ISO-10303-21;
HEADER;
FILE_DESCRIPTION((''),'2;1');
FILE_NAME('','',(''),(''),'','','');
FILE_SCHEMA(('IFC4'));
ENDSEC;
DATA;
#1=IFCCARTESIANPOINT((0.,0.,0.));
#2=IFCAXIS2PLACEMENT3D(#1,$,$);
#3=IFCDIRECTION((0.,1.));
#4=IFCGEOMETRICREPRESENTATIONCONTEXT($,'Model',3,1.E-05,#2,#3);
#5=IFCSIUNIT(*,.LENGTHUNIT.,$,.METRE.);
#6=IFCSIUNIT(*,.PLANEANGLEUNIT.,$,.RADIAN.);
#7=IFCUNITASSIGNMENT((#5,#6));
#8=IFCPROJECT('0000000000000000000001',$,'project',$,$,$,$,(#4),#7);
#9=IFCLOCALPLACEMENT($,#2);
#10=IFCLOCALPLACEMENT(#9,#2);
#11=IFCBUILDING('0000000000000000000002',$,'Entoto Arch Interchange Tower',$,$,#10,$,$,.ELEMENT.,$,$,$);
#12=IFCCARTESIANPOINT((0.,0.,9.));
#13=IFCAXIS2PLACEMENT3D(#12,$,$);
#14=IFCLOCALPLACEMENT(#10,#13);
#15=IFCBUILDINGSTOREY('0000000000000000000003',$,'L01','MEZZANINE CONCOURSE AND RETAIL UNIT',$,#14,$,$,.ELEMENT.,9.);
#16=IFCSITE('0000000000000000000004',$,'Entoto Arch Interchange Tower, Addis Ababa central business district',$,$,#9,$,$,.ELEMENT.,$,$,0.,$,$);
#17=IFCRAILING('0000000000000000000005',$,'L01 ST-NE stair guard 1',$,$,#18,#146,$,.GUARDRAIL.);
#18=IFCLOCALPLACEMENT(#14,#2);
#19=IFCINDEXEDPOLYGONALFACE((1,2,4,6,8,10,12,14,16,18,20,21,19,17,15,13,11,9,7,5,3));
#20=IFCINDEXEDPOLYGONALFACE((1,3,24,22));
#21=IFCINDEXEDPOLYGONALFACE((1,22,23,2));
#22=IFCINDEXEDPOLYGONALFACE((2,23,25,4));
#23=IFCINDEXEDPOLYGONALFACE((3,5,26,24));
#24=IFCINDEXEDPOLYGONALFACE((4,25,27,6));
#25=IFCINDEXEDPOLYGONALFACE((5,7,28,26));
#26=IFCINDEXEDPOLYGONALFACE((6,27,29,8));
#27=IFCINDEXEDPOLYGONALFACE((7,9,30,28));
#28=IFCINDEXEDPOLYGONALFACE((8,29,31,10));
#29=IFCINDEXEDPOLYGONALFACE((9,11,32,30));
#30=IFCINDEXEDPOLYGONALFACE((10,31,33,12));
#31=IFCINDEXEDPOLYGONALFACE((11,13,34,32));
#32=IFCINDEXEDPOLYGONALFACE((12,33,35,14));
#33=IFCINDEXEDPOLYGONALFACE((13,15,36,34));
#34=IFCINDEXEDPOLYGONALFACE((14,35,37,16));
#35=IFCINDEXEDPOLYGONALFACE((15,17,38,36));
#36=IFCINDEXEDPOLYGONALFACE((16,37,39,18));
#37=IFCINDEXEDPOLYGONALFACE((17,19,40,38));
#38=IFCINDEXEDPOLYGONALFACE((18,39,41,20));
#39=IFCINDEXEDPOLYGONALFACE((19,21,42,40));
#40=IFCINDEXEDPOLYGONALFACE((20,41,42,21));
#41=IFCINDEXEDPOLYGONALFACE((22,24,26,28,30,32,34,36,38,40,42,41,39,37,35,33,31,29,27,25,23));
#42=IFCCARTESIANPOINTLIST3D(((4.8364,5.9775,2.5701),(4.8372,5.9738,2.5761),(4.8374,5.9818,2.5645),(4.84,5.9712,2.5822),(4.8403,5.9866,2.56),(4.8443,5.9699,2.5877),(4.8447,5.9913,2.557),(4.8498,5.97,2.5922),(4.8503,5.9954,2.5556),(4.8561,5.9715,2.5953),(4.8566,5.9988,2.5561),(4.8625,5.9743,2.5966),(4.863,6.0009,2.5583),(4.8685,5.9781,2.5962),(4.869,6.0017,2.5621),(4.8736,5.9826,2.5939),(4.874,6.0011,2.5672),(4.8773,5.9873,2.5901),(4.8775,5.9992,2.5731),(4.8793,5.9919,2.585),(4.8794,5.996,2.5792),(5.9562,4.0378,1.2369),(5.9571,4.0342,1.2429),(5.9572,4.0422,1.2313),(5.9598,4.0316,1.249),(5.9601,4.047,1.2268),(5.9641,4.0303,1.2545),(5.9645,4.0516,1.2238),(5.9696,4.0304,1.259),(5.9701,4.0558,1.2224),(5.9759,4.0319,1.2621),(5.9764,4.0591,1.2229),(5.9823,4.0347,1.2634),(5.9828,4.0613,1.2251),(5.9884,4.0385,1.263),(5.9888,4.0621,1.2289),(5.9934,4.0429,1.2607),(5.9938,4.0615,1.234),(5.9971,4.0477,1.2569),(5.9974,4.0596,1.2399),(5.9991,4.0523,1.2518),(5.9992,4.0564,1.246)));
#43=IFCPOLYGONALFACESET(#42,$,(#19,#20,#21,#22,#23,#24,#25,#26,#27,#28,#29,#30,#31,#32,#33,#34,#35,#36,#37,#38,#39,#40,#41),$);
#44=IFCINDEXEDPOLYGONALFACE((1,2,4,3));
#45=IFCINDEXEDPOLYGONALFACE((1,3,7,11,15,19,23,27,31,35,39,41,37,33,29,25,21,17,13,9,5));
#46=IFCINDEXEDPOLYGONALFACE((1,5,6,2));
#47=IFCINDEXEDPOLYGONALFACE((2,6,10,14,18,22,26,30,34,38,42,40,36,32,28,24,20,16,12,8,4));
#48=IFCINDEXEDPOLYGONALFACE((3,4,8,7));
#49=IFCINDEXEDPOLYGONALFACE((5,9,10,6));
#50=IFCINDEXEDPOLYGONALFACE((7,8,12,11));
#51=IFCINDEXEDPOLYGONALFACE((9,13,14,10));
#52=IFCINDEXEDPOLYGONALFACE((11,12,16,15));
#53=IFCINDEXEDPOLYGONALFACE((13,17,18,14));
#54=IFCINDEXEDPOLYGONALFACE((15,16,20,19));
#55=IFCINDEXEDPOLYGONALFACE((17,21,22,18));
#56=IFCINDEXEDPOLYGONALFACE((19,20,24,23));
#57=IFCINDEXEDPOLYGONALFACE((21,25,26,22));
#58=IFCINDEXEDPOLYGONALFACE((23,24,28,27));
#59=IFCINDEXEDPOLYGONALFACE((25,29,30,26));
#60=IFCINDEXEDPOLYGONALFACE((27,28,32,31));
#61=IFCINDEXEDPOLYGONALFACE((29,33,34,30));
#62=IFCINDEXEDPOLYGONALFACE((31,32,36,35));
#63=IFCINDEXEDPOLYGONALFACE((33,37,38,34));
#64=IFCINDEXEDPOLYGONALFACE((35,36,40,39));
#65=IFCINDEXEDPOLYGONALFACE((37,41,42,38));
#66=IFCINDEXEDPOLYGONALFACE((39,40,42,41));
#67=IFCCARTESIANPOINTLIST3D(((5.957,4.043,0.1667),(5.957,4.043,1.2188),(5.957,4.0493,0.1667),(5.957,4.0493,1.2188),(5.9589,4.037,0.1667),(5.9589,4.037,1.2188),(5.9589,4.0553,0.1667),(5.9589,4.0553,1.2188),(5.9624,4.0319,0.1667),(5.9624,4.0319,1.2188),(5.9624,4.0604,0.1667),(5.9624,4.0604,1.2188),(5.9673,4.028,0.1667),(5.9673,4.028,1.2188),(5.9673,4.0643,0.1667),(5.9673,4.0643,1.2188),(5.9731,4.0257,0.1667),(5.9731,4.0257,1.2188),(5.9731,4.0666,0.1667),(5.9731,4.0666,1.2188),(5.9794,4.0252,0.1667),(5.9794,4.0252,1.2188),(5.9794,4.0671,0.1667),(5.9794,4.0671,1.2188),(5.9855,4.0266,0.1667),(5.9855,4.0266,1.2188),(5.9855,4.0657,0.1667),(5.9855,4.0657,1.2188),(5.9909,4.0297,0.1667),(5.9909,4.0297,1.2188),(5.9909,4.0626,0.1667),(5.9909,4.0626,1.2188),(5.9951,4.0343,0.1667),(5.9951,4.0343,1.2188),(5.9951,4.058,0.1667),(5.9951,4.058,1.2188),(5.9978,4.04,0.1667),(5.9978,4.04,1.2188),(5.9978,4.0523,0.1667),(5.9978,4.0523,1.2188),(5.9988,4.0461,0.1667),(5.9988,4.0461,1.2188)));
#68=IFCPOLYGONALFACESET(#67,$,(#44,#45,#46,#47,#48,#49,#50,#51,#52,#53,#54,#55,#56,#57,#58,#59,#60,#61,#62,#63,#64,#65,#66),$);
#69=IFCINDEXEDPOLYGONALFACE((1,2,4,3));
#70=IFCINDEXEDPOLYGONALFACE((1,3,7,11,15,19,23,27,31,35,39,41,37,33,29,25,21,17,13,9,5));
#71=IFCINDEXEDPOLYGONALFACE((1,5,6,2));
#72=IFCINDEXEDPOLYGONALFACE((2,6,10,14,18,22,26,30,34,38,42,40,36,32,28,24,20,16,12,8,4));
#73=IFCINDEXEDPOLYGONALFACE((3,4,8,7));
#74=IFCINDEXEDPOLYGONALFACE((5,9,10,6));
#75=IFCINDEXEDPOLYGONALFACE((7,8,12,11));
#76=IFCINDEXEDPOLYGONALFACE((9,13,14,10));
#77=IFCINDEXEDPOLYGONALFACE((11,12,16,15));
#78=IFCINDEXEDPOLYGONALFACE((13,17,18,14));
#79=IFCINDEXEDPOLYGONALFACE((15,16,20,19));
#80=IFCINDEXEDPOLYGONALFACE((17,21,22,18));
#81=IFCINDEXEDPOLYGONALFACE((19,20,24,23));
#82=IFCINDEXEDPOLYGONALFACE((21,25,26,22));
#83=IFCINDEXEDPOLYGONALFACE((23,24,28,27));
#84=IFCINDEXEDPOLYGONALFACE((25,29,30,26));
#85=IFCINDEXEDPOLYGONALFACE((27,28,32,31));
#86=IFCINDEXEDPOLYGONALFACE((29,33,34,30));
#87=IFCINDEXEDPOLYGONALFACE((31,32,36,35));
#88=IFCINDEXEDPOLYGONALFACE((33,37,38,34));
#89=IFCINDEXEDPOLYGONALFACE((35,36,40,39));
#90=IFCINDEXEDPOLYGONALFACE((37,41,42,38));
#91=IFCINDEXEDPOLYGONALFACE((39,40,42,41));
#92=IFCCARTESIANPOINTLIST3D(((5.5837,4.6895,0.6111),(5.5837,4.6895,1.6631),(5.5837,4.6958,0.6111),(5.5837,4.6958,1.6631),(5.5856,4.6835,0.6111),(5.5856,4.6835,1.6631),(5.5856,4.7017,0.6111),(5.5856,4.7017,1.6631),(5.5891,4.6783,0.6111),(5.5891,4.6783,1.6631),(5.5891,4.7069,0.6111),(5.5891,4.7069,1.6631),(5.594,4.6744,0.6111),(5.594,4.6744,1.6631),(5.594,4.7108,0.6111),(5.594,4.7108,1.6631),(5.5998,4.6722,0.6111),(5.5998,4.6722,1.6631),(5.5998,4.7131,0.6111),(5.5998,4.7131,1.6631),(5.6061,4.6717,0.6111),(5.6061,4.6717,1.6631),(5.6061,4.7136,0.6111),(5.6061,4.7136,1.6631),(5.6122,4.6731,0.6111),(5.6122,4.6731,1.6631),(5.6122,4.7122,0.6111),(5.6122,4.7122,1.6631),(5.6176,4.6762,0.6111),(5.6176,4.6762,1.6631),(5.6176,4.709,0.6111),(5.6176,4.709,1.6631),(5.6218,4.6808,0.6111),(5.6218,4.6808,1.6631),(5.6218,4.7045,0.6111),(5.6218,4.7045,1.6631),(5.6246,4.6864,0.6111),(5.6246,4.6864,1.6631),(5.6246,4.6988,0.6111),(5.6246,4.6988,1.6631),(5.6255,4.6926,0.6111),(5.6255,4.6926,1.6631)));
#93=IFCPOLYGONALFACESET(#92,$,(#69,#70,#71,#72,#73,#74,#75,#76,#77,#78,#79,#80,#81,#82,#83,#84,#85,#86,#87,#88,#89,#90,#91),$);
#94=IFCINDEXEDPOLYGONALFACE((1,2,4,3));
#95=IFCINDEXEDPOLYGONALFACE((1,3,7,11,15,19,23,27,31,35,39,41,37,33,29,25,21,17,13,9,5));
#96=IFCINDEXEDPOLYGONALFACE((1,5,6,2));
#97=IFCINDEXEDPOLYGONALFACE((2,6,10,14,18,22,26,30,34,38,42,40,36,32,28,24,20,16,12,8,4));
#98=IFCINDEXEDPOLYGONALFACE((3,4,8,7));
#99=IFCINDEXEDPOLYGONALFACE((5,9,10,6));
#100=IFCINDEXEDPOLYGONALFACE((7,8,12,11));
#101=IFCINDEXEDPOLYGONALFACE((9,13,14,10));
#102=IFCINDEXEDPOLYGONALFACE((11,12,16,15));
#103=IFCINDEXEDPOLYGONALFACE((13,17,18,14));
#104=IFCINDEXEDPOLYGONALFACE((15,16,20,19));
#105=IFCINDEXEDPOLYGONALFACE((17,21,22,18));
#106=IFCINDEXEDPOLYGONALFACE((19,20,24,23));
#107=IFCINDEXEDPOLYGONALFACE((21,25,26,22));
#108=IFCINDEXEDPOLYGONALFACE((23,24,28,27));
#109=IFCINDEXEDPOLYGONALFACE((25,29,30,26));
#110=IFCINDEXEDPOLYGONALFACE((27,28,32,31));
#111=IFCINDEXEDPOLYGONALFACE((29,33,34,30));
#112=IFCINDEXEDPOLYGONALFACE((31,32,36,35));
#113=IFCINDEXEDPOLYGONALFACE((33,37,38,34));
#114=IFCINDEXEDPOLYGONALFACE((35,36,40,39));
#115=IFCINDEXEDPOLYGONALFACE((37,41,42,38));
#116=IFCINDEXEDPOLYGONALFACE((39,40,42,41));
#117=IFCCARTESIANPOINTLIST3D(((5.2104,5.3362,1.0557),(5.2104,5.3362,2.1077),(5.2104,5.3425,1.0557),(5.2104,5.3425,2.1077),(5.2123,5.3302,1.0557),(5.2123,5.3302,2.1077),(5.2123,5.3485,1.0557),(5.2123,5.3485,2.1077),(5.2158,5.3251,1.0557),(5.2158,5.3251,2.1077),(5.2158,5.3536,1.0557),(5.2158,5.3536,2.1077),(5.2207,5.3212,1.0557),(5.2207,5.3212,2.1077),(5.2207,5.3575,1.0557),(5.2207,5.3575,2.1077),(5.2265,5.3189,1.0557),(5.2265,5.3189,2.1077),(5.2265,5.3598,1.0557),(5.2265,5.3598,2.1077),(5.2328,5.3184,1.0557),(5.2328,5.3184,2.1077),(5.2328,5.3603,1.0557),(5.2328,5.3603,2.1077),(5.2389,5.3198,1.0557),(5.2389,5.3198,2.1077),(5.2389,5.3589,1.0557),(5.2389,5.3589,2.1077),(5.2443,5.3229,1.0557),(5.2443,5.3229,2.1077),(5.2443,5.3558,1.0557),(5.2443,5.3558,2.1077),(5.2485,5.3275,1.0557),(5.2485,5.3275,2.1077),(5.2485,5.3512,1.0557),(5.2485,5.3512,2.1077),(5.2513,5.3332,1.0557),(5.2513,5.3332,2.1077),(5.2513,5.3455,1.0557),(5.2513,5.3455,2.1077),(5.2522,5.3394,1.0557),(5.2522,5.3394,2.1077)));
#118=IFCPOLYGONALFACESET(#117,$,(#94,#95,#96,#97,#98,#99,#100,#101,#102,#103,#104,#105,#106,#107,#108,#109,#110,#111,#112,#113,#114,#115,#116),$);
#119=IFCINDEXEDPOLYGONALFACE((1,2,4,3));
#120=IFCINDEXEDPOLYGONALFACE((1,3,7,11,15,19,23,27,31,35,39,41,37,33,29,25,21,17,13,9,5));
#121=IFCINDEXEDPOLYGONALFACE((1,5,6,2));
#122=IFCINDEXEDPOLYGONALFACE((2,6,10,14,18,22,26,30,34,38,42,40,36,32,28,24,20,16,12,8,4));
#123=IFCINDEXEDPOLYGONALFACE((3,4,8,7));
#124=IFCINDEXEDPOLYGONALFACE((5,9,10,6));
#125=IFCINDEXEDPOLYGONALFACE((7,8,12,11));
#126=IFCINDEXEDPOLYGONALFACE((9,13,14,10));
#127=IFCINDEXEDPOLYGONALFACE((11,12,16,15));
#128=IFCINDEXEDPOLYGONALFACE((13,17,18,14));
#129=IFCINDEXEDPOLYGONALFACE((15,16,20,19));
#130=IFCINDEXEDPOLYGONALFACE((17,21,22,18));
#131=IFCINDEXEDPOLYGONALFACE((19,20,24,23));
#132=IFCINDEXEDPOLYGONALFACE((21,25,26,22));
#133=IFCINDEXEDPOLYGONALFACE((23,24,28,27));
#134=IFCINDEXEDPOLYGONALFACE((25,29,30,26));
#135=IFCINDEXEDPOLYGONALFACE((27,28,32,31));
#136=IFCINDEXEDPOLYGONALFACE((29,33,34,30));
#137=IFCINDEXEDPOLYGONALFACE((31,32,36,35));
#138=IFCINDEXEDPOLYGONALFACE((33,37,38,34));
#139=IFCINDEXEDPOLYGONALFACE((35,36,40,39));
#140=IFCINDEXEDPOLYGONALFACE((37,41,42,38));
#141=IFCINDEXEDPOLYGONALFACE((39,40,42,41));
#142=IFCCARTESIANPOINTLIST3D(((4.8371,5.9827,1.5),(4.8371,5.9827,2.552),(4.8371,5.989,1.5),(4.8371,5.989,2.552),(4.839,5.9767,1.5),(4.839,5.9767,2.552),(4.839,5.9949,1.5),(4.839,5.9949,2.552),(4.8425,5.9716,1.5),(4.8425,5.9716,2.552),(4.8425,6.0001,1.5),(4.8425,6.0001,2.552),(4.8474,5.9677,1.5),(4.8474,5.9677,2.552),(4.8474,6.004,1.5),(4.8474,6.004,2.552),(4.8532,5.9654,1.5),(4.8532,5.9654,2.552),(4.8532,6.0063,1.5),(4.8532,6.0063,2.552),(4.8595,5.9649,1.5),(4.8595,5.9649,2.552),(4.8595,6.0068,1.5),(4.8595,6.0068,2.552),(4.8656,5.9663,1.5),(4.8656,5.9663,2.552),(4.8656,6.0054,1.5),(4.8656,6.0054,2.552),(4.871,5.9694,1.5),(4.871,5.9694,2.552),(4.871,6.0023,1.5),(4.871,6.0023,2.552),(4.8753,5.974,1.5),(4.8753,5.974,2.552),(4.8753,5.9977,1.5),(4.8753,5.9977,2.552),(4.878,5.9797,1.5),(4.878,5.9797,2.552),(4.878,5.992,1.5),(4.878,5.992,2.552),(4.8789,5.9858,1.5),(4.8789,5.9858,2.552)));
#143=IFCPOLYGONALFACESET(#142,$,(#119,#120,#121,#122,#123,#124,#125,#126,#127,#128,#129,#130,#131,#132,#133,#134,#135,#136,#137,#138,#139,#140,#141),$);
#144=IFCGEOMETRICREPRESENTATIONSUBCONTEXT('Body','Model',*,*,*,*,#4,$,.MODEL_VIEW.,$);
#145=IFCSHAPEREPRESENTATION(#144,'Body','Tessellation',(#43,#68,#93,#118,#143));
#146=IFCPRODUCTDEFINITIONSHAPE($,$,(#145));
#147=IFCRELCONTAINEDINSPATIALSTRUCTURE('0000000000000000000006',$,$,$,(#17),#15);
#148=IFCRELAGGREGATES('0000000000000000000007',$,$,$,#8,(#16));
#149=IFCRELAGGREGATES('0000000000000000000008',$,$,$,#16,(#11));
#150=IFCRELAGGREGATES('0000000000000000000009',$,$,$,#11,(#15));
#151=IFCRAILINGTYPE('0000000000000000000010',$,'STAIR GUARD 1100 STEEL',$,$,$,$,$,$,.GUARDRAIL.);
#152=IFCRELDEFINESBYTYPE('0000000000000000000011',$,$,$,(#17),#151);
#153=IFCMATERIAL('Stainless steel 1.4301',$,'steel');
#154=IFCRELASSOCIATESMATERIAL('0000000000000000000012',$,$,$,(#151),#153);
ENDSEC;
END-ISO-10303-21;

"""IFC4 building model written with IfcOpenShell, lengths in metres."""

from ifc_helpers import new_model, si_unit, direction, frame, origin, origin_2d, place, context, subcontext, project, spatial, circle, extrude, material, type_object, element, save


model = new_model("IFC4")

# Units and contexts
model_context = context("Model", 3, precision=1e-05, world=origin(), true_north=direction((0.0, 1.0)))
body_context = subcontext(model_context, "Body", "Model", "MODEL_VIEW")
ifc_project = project(units=[si_unit("LENGTHUNIT", "METRE"), si_unit("PLANEANGLEUNIT", "RADIAN")], contexts=[model_context])

# Site, building, storey
site_placement = place(None, origin())
site = spatial("IfcSite", under=ifc_project, at=site_placement, Name="Entoto Arch Interchange Tower, Addis Ababa central business district", CompositionType="ELEMENT", RefElevation=0.0)
building_placement = place(site_placement, origin())
building = spatial("IfcBuilding", under=site, at=building_placement, Name="Entoto Arch Interchange Tower", CompositionType="ELEMENT")
storey_placement = place(building_placement, frame((0.0, 0.0, 9.0)))
storey = spatial("IfcBuildingStorey", under=building, at=storey_placement, Name="L01", Description="MEZZANINE CONCOURSE AND RETAIL UNIT", CompositionType="ELEMENT", Elevation=9.0)

# Railing
ifc_material_1 = material(Name="Stainless steel 1.4301", Category="steel")
railing_type_1 = type_object("IfcRailingType", Name="STAIR GUARD 1100 STEEL", PredefinedType="GUARDRAIL", material=ifc_material_1)
railing_1_placement = place(storey_placement, frame((5.9778, 4.0461, 0.1667)))
element("IfcRailing", 1, at=railing_1_placement, inside=storey, type_object=railing_type_1, Name="L01 ST-NE stair guard 1", PredefinedType="GUARDRAIL", context=body_context, shape_type="SweptSolid", body=[
    extrude(circle(Radius=0.0239, at=origin_2d()), frame((0.0, 0.0, 1.0762), z_axis=(-0.429638, 0.744163, 0.511501), x_axis=(-0.866028, -0.499996, 0.0)), (0.0, 0.0, 1.0), 2.6064),
    extrude(circle(Radius=0.021, at=origin_2d()), origin(), (0.0, 0.0, 1.0), 1.052),
    extrude(circle(Radius=0.021, at=origin_2d()), frame((-0.3733, 0.6465, 0.4443)), (0.0, 0.0, 1.0), 1.052),
    extrude(circle(Radius=0.021, at=origin_2d()), frame((-0.7466, 1.2932, 0.8889)), (0.0, 0.0, 1.0), 1.052),
    extrude(circle(Radius=0.021, at=origin_2d()), frame((-1.1199, 1.9397, 1.3333)), (0.0, 0.0, 1.0), 1.052),
])

save(model, "model.ifc")
